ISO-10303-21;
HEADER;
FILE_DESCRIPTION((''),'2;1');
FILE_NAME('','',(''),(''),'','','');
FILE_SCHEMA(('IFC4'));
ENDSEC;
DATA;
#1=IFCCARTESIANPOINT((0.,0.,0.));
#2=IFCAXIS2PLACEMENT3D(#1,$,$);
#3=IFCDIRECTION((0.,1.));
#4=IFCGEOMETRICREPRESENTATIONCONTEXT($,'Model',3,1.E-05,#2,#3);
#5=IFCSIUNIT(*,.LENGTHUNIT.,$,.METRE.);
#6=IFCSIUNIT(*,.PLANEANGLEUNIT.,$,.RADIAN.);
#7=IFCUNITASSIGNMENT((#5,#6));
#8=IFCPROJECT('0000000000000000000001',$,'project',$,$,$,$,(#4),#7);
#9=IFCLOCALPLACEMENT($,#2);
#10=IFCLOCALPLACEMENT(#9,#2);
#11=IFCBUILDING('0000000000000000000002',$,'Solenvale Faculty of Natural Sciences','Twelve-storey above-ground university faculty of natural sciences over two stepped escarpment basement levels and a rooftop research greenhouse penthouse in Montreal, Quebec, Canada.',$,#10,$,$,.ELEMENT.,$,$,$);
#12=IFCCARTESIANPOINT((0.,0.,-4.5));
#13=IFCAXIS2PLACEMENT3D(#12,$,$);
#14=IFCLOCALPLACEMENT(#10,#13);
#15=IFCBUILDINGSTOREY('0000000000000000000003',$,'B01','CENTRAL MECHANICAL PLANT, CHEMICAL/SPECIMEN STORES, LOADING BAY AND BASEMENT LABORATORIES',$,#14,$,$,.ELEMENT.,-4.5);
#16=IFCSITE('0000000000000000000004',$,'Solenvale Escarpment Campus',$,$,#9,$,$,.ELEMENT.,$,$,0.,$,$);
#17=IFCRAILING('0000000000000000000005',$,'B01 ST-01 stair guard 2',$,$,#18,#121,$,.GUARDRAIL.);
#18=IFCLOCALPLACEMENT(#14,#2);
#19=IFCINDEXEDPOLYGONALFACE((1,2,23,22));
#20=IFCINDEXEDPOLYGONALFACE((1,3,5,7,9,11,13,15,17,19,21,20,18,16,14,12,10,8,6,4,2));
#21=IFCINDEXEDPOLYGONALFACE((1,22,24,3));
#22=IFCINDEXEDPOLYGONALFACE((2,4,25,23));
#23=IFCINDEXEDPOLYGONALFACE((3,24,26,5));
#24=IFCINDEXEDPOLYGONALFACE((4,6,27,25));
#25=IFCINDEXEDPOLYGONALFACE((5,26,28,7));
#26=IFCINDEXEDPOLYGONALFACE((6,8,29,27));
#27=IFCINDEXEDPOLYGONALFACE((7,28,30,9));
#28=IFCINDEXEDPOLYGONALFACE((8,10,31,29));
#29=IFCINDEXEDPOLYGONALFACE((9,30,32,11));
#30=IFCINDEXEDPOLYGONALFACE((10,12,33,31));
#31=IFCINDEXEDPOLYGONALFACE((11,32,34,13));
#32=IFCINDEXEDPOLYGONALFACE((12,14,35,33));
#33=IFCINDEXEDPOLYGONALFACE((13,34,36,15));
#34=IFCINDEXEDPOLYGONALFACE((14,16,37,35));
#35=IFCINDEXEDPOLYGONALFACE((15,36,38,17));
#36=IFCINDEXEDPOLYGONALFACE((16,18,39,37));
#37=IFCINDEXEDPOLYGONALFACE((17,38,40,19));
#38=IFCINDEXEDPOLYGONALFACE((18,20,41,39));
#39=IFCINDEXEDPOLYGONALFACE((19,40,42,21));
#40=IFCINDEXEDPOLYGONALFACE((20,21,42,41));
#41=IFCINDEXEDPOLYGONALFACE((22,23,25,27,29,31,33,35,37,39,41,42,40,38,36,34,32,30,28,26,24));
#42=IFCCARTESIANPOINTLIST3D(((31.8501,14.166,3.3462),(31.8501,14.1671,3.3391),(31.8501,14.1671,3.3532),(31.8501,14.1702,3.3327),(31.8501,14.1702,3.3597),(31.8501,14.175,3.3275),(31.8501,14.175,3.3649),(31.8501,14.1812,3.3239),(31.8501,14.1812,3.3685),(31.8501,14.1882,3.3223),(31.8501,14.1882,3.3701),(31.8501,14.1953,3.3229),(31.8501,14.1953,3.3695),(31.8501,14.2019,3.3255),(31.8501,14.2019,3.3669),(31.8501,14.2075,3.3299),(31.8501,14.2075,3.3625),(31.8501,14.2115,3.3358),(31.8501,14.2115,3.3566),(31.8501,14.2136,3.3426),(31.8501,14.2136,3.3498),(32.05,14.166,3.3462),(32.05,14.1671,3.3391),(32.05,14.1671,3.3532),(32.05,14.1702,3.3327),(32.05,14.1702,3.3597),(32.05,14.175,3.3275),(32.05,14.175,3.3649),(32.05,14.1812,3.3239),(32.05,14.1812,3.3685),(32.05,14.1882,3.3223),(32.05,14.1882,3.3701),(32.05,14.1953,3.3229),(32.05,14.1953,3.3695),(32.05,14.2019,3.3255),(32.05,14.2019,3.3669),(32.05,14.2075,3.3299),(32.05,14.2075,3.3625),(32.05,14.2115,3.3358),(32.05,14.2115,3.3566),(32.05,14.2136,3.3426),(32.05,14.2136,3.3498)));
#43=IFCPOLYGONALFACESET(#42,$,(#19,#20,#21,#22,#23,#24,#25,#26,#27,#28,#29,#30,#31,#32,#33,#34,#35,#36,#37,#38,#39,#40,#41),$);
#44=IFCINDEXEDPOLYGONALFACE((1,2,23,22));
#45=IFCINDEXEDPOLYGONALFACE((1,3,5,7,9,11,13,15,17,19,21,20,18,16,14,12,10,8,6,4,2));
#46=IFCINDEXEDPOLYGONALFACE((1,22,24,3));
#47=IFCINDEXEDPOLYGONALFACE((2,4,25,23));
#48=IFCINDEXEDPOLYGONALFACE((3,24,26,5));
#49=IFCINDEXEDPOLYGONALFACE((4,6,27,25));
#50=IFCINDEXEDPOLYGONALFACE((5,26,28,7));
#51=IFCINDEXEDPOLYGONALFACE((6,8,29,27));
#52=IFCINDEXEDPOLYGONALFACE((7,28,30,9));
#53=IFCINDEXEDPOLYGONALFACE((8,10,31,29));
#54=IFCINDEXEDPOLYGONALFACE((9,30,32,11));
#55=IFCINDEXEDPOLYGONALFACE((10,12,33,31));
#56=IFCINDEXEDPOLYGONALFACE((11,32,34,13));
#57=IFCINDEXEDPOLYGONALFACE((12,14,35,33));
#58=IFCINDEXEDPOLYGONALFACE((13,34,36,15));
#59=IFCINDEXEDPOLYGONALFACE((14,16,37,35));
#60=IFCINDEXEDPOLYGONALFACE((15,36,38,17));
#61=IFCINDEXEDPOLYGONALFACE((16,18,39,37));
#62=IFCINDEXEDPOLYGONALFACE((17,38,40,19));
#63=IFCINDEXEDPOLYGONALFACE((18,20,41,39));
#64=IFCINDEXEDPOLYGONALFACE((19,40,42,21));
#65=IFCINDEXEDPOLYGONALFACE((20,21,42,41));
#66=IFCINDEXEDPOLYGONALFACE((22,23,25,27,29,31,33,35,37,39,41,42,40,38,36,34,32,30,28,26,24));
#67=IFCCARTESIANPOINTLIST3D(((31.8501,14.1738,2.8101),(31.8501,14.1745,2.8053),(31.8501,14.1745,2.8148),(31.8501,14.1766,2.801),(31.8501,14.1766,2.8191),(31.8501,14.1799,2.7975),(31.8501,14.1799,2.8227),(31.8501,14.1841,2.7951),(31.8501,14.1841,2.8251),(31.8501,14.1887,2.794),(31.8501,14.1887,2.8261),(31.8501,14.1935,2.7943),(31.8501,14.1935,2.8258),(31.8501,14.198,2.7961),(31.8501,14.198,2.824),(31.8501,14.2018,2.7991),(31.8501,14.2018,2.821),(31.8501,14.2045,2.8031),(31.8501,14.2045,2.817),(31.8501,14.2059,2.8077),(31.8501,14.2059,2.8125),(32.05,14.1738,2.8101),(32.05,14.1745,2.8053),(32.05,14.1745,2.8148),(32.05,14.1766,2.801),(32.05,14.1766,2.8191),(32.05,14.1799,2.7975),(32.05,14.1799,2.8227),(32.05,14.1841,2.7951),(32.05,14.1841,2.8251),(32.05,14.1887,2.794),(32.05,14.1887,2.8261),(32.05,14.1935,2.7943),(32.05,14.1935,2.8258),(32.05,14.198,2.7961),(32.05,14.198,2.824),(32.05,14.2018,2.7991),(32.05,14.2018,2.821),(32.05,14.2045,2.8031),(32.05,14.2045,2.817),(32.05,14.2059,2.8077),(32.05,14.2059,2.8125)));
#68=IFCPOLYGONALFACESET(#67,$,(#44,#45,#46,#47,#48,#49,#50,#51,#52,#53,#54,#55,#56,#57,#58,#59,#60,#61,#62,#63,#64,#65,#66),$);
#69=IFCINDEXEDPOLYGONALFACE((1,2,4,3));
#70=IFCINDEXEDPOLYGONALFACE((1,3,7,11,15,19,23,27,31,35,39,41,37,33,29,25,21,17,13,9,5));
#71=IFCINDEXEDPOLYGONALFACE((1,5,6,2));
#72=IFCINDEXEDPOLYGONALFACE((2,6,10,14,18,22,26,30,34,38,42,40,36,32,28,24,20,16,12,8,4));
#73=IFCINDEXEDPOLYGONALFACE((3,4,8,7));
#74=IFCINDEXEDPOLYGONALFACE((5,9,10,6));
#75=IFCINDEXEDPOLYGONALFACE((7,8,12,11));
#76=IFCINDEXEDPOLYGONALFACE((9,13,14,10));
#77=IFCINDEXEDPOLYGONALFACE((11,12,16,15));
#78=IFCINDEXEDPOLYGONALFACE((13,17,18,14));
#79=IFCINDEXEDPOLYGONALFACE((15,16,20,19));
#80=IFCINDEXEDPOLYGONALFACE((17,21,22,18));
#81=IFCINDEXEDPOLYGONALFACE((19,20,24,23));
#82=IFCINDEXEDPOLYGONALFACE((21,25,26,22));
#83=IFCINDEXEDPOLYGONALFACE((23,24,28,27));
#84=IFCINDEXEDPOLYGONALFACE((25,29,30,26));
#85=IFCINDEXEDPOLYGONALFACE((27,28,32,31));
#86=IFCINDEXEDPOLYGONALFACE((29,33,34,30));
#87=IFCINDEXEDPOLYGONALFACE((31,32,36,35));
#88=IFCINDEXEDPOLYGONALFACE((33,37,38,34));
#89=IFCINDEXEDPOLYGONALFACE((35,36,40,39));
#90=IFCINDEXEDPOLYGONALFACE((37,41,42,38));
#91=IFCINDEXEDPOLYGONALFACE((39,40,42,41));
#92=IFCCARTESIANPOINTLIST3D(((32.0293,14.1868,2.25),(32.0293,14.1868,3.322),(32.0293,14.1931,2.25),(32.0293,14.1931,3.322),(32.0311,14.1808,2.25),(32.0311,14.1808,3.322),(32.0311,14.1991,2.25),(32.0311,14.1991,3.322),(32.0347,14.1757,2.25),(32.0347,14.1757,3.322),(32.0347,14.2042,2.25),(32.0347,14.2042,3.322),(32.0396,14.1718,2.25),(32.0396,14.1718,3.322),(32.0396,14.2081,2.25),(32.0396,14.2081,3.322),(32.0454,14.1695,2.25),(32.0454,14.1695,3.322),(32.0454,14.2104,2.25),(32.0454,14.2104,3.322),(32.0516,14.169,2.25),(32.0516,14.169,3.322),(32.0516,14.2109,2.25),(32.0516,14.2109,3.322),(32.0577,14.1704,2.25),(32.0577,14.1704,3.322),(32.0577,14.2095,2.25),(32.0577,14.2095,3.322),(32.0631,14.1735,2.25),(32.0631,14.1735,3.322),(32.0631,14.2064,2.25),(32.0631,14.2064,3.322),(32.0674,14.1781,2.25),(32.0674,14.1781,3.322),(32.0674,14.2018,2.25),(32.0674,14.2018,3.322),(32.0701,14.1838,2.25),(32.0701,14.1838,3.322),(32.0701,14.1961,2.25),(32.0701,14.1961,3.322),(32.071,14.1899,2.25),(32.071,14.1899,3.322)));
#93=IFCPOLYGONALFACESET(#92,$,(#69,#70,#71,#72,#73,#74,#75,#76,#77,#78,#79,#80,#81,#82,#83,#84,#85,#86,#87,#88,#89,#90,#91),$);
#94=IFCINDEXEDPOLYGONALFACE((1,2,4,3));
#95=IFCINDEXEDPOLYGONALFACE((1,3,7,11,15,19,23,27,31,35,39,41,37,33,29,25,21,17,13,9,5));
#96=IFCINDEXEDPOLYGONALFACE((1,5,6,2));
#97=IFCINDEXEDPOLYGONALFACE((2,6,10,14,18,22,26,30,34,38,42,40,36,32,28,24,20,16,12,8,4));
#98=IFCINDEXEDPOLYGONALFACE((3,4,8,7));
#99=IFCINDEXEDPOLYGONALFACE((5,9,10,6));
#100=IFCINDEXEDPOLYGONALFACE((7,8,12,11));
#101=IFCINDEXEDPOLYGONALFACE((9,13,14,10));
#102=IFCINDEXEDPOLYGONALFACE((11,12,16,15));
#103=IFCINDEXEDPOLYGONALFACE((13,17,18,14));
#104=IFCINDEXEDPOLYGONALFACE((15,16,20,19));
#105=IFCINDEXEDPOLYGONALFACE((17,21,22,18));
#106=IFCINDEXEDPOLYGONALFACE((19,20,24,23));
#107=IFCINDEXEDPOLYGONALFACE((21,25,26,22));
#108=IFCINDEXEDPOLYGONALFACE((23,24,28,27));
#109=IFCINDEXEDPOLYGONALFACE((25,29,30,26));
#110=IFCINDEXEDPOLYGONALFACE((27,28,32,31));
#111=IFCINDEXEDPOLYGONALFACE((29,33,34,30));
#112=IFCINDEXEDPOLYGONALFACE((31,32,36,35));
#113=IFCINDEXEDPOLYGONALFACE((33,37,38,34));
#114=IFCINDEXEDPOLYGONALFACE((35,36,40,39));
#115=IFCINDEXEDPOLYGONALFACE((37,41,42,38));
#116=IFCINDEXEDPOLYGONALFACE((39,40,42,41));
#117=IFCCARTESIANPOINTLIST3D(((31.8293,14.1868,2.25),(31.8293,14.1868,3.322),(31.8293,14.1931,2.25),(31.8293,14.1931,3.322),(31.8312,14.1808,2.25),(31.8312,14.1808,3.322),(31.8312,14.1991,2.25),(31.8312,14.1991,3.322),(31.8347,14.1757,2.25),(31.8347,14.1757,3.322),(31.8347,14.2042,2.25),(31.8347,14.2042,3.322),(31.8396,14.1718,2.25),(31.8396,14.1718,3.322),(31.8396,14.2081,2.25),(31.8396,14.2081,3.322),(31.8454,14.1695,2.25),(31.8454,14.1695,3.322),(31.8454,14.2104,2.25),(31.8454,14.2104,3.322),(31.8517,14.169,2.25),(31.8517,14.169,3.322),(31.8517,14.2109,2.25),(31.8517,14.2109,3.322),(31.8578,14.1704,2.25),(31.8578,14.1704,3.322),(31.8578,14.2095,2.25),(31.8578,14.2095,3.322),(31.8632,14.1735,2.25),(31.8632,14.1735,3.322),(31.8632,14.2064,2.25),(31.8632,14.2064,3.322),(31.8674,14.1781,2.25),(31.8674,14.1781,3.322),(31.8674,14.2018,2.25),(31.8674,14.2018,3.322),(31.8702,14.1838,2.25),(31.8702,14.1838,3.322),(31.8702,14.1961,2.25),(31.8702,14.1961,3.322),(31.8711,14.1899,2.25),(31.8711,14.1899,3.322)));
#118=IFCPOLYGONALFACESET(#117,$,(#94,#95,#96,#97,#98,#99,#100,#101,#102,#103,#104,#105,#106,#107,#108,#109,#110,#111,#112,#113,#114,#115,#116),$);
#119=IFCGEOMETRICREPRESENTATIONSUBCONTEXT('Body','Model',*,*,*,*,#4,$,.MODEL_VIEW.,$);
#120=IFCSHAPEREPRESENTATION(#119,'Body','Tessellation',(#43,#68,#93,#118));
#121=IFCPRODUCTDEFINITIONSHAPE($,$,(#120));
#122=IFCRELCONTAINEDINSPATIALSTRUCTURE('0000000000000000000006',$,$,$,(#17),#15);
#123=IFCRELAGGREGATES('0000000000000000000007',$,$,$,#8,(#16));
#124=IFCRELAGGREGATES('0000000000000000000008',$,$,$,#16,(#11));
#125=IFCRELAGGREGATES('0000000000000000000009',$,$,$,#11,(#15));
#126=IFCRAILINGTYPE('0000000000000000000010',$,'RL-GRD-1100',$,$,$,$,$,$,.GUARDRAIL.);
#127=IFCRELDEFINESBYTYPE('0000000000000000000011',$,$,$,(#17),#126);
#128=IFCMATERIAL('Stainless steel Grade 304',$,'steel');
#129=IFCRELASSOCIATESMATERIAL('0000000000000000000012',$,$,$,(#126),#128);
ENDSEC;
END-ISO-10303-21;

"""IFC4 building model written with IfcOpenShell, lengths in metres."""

from ifc_helpers import new_model, si_unit, direction, frame, origin, origin_2d, place, context, subcontext, project, spatial, circle, extrude, material, type_object, element, save


model = new_model("IFC4")

# Units and contexts
model_context = context("Model", 3, precision=1e-05, world=origin(), true_north=direction((0.0, 1.0)))
body_context = subcontext(model_context, "Body", "Model", "MODEL_VIEW")
ifc_project = project(units=[si_unit("LENGTHUNIT", "METRE"), si_unit("PLANEANGLEUNIT", "RADIAN")], contexts=[model_context])

# Site, building, storey
site_placement = place(None, origin())
site = spatial("IfcSite", under=ifc_project, at=site_placement, Name="Solenvale Escarpment Campus", CompositionType="ELEMENT", RefElevation=0.0)
building_placement = place(site_placement, origin())
building = spatial("IfcBuilding", under=site, at=building_placement, Name="Solenvale Faculty of Natural Sciences", Description="Twelve-storey above-ground university faculty of natural sciences over two stepped escarpment basement levels and a rooftop research greenhouse penthouse in Montreal, Quebec, Canada.", CompositionType="ELEMENT")
storey_placement = place(building_placement, frame((0.0, 0.0, -4.5)))
storey = spatial("IfcBuildingStorey", under=building, at=storey_placement, Name="B01", Description="CENTRAL MECHANICAL PLANT, CHEMICAL/SPECIMEN STORES, LOADING BAY AND BASEMENT LABORATORIES", CompositionType="ELEMENT", Elevation=-4.5)

# Railing
ifc_material_1 = material(Name="Stainless steel Grade 304", Category="steel")
railing_type_1 = type_object("IfcRailingType", Name="RL-GRD-1100", PredefinedType="GUARDRAIL", material=ifc_material_1)
railing_1_placement = place(storey_placement, frame((32.05, 14.1899, 2.25)))
element("IfcRailing", 1, at=railing_1_placement, inside=storey, type_object=railing_type_1, Name="B01 ST-01 stair guard 2", PredefinedType="GUARDRAIL", context=body_context, shape_type="SweptSolid", body=[
    extrude(circle(Radius=0.0239, at=origin_2d()), frame((0.0, 0.0, 1.0962), z_axis=(-1.0, 0.0, 0.0), x_axis=(0.0, -1.0, 0.0)), (0.0, 0.0, 1.0), 0.2),
    extrude(circle(Radius=0.0161, at=origin_2d()), frame((0.0, 0.0, 0.5601), z_axis=(-1.0, 0.0, 0.0), x_axis=(0.0, -1.0, 0.0)), (0.0, 0.0, 1.0), 0.2),
    extrude(circle(Radius=0.021, at=origin_2d()), origin(), (0.0, 0.0, 1.0), 1.072),
    extrude(circle(Radius=0.021, at=origin_2d()), frame((-0.2, 0.0, 0.0)), (0.0, 0.0, 1.0), 1.072),
])

save(model, "model.ifc")
